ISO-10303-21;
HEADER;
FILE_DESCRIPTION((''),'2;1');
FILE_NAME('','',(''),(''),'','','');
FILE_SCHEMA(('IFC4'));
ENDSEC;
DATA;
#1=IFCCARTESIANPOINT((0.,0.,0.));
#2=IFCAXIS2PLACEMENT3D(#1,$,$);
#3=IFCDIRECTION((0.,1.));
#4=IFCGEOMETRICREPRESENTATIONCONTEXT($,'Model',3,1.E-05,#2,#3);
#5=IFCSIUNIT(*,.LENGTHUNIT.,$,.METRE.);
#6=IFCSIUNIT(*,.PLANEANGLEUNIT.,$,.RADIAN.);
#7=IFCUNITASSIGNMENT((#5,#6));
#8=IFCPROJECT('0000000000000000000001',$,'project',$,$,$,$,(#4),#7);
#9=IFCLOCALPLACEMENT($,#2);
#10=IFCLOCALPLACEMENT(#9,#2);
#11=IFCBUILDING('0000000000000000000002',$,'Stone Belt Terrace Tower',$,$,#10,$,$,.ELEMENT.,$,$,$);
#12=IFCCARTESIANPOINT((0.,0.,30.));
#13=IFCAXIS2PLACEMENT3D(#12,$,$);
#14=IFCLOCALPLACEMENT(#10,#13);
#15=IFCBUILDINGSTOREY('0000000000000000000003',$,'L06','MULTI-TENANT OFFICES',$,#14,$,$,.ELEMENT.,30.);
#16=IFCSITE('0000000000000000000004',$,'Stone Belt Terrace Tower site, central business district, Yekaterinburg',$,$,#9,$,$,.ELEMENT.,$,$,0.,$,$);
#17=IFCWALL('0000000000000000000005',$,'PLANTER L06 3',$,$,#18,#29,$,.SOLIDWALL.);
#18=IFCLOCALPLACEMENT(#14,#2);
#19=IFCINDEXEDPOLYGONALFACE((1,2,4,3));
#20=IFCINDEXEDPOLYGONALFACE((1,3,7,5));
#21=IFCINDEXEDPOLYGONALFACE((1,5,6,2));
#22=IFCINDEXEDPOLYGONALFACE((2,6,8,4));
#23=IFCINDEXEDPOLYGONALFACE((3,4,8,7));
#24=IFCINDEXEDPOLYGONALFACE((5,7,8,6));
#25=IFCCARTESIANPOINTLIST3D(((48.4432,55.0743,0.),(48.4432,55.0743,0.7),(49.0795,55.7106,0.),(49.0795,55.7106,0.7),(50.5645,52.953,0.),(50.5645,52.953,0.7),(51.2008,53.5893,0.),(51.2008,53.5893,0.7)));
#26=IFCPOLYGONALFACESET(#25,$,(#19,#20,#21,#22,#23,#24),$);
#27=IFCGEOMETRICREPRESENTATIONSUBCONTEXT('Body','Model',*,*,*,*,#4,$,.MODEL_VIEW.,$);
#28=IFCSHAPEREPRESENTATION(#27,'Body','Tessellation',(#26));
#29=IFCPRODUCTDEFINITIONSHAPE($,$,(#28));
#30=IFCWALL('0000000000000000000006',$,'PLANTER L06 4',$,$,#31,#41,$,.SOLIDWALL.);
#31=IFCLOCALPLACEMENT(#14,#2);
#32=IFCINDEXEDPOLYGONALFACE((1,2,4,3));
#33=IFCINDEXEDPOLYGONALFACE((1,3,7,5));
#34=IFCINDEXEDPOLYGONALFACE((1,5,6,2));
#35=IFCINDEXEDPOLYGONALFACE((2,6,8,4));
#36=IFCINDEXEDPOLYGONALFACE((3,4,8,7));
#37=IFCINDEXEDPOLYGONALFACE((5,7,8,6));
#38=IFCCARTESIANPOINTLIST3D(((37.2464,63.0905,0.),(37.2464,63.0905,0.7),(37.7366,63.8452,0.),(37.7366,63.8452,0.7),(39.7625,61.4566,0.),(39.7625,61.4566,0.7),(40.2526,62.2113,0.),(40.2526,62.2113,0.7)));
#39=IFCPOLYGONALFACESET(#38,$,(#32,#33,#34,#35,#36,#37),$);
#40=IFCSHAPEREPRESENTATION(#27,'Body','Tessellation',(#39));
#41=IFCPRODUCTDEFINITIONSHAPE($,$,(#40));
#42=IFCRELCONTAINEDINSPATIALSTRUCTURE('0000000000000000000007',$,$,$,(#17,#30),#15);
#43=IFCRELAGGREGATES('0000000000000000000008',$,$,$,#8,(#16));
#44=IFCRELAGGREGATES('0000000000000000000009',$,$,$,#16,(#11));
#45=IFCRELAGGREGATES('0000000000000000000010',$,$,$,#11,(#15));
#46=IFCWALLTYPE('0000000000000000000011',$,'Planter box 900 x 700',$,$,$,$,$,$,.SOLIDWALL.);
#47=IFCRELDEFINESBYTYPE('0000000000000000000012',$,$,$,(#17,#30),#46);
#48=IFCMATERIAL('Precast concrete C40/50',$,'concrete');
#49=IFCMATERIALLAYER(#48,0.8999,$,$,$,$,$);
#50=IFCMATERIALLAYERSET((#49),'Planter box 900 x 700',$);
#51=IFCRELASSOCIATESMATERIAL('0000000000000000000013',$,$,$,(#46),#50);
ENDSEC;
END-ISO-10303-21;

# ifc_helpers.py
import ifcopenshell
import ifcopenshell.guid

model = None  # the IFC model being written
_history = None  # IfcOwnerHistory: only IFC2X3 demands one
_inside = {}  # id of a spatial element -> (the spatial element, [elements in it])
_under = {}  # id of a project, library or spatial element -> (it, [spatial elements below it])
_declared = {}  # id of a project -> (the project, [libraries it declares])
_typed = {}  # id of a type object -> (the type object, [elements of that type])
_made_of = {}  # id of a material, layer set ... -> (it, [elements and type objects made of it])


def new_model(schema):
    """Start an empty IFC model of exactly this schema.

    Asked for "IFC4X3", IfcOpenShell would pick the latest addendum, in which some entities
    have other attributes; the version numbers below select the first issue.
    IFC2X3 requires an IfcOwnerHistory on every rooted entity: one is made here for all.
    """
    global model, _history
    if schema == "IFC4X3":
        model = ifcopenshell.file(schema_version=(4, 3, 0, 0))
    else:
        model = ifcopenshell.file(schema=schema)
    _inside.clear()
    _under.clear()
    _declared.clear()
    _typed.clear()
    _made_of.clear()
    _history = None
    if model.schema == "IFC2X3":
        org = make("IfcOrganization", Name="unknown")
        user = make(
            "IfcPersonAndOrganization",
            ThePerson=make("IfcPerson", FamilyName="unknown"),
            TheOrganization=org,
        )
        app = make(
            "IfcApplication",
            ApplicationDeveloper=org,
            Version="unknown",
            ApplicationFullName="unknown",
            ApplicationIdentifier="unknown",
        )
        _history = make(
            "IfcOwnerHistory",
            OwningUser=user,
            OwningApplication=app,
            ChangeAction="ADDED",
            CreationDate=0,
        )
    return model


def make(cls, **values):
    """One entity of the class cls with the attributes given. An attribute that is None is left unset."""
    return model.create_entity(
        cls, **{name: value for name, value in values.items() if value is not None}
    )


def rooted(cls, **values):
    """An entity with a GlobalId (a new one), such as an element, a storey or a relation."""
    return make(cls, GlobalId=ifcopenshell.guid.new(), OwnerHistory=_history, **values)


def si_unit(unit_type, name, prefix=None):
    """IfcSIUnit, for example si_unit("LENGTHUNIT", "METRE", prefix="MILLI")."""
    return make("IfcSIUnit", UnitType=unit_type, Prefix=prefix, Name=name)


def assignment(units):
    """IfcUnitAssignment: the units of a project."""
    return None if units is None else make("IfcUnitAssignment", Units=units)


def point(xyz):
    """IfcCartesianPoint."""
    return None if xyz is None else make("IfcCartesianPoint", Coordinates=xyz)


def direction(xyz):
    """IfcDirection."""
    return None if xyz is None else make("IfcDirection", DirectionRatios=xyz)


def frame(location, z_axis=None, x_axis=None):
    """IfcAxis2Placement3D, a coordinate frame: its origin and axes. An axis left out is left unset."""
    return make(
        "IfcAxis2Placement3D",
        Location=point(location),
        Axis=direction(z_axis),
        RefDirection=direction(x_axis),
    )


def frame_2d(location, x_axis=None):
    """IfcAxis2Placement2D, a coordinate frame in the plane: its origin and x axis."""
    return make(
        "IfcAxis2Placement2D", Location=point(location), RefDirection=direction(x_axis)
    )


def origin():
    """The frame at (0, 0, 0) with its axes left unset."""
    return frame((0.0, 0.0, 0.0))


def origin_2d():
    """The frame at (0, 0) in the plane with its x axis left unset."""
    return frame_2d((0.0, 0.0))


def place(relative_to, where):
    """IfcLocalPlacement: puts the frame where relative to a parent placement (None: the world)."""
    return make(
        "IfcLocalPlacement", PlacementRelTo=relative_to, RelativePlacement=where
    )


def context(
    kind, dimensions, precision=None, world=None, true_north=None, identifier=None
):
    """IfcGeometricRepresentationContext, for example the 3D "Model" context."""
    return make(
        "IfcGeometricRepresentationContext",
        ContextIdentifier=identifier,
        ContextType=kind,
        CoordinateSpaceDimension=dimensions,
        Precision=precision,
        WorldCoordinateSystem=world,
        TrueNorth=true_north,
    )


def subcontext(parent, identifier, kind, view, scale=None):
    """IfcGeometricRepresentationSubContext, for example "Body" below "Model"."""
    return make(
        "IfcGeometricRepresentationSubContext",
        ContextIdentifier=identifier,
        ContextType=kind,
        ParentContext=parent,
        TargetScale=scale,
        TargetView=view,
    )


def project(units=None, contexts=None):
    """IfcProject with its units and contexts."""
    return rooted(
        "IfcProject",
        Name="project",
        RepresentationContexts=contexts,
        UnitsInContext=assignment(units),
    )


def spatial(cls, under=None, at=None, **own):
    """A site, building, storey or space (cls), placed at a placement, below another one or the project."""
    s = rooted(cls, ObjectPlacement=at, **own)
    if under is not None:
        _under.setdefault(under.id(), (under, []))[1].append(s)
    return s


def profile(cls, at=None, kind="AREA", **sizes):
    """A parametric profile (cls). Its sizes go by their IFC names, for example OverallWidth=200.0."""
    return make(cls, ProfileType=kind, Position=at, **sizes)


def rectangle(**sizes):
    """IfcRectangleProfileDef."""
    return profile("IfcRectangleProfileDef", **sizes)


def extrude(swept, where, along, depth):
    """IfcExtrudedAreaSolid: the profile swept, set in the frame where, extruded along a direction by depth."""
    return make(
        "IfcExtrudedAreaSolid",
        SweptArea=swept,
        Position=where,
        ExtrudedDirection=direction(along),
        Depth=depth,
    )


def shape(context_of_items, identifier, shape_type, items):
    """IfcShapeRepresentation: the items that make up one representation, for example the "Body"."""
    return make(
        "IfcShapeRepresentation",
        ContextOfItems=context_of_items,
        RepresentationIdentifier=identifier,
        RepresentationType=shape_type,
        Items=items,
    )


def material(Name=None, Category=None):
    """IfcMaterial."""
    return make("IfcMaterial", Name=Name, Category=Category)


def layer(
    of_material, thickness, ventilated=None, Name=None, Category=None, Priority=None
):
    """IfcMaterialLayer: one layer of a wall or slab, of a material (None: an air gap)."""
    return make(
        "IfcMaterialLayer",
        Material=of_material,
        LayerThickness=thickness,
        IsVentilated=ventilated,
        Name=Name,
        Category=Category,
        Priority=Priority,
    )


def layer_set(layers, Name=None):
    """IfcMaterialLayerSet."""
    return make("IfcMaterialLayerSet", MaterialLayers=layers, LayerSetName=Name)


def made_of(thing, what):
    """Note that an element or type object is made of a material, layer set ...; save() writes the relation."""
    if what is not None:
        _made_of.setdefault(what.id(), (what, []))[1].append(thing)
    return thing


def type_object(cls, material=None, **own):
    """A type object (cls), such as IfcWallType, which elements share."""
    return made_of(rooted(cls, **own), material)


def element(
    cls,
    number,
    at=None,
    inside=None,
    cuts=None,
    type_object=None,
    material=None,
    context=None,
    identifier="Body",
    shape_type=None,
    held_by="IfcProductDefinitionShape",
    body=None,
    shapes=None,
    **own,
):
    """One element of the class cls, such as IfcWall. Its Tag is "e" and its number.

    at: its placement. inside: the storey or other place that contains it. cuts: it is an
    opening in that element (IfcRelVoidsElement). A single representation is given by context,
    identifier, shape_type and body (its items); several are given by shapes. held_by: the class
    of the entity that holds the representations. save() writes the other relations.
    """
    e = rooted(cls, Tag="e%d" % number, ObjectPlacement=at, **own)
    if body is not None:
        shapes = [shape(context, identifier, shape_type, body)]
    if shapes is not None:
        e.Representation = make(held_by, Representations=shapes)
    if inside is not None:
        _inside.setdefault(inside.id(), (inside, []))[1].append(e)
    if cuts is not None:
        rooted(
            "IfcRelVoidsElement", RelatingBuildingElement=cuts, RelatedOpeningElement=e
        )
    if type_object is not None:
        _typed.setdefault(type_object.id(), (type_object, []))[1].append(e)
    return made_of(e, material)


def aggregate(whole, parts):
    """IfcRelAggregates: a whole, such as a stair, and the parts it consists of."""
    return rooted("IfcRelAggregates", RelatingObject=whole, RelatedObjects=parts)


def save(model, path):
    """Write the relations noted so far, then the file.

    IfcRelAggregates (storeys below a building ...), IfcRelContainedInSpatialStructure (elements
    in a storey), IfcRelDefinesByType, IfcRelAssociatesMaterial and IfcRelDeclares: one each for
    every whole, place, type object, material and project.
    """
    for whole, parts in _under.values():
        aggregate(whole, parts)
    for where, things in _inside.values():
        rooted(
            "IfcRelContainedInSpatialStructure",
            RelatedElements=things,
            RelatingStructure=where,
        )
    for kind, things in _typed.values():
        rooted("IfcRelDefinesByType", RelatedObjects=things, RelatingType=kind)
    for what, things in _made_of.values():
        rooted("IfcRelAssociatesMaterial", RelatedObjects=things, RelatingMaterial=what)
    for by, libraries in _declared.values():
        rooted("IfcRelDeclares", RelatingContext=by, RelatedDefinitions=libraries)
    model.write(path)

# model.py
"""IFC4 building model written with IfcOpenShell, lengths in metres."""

from ifc_helpers import new_model, si_unit, direction, frame, origin, origin_2d, place, context, subcontext, project, spatial, rectangle, extrude, material, layer, layer_set, type_object, element, save


model = new_model("IFC4")

# Units and contexts
model_context = context("Model", 3, precision=1e-05, world=origin(), true_north=direction((0.0, 1.0)))
body_context = subcontext(model_context, "Body", "Model", "MODEL_VIEW")
ifc_project = project(units=[si_unit("LENGTHUNIT", "METRE"), si_unit("PLANEANGLEUNIT", "RADIAN")], contexts=[model_context])

# Site, building, storey
site_placement = place(None, origin())
site = spatial("IfcSite", under=ifc_project, at=site_placement, Name="Stone Belt Terrace Tower site, central business district, Yekaterinburg", CompositionType="ELEMENT", RefElevation=0.0)
building_placement = place(site_placement, origin())
building = spatial("IfcBuilding", under=site, at=building_placement, Name="Stone Belt Terrace Tower", CompositionType="ELEMENT")
storey_placement = place(building_placement, frame((0.0, 0.0, 30.0)))
storey = spatial("IfcBuildingStorey", under=building, at=storey_placement, Name="L06", Description="MULTI-TENANT OFFICES", CompositionType="ELEMENT", Elevation=30.0)

# Walls
ifc_material_1 = material(Name="Precast concrete C40/50", Category="concrete")
ifc_layer_1 = layer(ifc_material_1, 0.8999)
ifc_layer_set_1 = layer_set([ifc_layer_1], Name="Planter box 900 x 700")
wall_type_1 = type_object("IfcWallType", Name="Planter box 900 x 700", PredefinedType="SOLIDWALL", material=ifc_layer_set_1)
for number, where, z_axis, x_axis, name in (
    (1, (49.822, 54.3318, 0.0), (0.0, 0.0, 1.0), (-0.707107, 0.707107, 0.0), "PLANTER L06 3"),
    (2, (38.7495, 62.6509, 0.0), (0.0, 0.0, 1.0), (-0.838671, 0.544639, 0.0), "PLANTER L06 4"),
):
    element("IfcWall", number, at=place(storey_placement, frame(where, z_axis=z_axis, x_axis=x_axis)), inside=storey, type_object=wall_type_1, Name=name, PredefinedType="SOLIDWALL", context=body_context, shape_type="SweptSolid", body=[
        extrude(rectangle(XDim=3.0, YDim=0.8999, at=origin_2d()), origin(), (0.0, 0.0, 1.0), 0.7),
    ])

save(model, "model.ifc")
